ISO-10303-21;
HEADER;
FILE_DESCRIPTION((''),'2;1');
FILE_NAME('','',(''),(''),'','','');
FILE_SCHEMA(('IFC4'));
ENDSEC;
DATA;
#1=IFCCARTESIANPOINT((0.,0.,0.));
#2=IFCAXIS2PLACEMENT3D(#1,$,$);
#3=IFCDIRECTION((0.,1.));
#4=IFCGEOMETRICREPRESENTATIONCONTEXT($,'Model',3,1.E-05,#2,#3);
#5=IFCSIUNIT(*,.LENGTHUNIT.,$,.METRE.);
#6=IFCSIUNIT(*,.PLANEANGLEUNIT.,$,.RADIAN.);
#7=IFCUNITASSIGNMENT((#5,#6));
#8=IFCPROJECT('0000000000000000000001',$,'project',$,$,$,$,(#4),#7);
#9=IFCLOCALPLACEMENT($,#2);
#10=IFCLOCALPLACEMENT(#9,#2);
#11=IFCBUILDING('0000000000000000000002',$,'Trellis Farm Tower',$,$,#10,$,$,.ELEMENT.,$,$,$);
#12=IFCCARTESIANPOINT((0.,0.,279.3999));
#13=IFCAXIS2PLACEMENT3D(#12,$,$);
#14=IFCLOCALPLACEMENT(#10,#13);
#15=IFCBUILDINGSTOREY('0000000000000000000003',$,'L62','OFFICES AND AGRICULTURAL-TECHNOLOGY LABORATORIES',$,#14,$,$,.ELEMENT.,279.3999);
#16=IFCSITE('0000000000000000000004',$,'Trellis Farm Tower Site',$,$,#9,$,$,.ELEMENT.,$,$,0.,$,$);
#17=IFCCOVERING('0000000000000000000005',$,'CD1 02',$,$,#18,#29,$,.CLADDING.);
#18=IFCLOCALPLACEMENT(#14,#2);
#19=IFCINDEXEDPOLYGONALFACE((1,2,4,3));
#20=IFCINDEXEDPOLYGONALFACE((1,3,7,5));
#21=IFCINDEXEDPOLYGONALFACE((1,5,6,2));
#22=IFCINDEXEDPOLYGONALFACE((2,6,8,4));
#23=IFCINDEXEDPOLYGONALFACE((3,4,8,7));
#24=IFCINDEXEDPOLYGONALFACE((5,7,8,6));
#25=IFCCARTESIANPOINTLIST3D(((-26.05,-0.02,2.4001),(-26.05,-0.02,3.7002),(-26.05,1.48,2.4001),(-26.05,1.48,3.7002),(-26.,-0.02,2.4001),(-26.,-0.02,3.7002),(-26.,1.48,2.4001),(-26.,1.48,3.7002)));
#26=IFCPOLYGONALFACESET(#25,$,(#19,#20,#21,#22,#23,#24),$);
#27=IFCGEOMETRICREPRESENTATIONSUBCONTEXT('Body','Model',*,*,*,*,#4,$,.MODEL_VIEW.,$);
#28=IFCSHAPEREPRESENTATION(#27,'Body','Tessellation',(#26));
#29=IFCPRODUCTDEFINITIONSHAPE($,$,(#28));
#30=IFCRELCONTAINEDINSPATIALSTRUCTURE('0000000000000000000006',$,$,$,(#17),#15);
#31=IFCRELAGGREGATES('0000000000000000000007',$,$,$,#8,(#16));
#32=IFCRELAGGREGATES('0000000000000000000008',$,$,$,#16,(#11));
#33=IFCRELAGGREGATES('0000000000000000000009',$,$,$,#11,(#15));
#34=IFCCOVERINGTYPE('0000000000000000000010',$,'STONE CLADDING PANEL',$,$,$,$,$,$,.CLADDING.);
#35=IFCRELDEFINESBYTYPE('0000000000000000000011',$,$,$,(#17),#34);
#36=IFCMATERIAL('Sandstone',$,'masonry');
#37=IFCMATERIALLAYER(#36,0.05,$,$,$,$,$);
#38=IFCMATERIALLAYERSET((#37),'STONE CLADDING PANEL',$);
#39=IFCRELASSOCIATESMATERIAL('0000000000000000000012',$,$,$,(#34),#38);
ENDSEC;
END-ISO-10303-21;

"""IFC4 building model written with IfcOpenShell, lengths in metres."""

from ifc_helpers import new_model, si_unit, direction, frame, origin, place, context, subcontext, project, spatial, polyline, outline, extrude, material, layer, layer_set, type_object, element, save


model = new_model("IFC4")

# Units and contexts
model_context = context("Model", 3, precision=1e-05, world=origin(), true_north=direction((0.0, 1.0)))
body_context = subcontext(model_context, "Body", "Model", "MODEL_VIEW")
ifc_project = project(units=[si_unit("LENGTHUNIT", "METRE"), si_unit("PLANEANGLEUNIT", "RADIAN")], contexts=[model_context])

# Site, building, storey
site_placement = place(None, origin())
site = spatial("IfcSite", under=ifc_project, at=site_placement, Name="Trellis Farm Tower Site", CompositionType="ELEMENT", RefElevation=0.0)
building_placement = place(site_placement, origin())
building = spatial("IfcBuilding", under=site, at=building_placement, Name="Trellis Farm Tower", CompositionType="ELEMENT")
storey_placement = place(building_placement, frame((0.0, 0.0, 279.3999)))
storey = spatial("IfcBuildingStorey", under=building, at=storey_placement, Name="L62", Description="OFFICES AND AGRICULTURAL-TECHNOLOGY LABORATORIES", CompositionType="ELEMENT", Elevation=279.3999)

# Covering
ifc_material_1 = material(Name="Sandstone", Category="masonry")
ifc_layer_1 = layer(ifc_material_1, 0.05)
ifc_layer_set_1 = layer_set([ifc_layer_1], Name="STONE CLADDING PANEL")
covering_type = type_object("IfcCoveringType", Name="STONE CLADDING PANEL", PredefinedType="CLADDING", material=ifc_layer_set_1)
covering_placement = place(storey_placement, frame((0.0, 0.0, 2.4001)))
element("IfcCovering", 1, at=covering_placement, inside=storey, type_object=covering_type, Name="CD1 02", PredefinedType="CLADDING", context=body_context, shape_type="SweptSolid", body=[
    extrude(outline(polyline([(-26.05, 1.48), (-26.05, -0.02), (-26.0, -0.02), (-26.0, 1.48), (-26.05, 1.48)])), origin(), (0.0, 0.0, 1.0), 1.3),
])

save(model, "model.ifc")
